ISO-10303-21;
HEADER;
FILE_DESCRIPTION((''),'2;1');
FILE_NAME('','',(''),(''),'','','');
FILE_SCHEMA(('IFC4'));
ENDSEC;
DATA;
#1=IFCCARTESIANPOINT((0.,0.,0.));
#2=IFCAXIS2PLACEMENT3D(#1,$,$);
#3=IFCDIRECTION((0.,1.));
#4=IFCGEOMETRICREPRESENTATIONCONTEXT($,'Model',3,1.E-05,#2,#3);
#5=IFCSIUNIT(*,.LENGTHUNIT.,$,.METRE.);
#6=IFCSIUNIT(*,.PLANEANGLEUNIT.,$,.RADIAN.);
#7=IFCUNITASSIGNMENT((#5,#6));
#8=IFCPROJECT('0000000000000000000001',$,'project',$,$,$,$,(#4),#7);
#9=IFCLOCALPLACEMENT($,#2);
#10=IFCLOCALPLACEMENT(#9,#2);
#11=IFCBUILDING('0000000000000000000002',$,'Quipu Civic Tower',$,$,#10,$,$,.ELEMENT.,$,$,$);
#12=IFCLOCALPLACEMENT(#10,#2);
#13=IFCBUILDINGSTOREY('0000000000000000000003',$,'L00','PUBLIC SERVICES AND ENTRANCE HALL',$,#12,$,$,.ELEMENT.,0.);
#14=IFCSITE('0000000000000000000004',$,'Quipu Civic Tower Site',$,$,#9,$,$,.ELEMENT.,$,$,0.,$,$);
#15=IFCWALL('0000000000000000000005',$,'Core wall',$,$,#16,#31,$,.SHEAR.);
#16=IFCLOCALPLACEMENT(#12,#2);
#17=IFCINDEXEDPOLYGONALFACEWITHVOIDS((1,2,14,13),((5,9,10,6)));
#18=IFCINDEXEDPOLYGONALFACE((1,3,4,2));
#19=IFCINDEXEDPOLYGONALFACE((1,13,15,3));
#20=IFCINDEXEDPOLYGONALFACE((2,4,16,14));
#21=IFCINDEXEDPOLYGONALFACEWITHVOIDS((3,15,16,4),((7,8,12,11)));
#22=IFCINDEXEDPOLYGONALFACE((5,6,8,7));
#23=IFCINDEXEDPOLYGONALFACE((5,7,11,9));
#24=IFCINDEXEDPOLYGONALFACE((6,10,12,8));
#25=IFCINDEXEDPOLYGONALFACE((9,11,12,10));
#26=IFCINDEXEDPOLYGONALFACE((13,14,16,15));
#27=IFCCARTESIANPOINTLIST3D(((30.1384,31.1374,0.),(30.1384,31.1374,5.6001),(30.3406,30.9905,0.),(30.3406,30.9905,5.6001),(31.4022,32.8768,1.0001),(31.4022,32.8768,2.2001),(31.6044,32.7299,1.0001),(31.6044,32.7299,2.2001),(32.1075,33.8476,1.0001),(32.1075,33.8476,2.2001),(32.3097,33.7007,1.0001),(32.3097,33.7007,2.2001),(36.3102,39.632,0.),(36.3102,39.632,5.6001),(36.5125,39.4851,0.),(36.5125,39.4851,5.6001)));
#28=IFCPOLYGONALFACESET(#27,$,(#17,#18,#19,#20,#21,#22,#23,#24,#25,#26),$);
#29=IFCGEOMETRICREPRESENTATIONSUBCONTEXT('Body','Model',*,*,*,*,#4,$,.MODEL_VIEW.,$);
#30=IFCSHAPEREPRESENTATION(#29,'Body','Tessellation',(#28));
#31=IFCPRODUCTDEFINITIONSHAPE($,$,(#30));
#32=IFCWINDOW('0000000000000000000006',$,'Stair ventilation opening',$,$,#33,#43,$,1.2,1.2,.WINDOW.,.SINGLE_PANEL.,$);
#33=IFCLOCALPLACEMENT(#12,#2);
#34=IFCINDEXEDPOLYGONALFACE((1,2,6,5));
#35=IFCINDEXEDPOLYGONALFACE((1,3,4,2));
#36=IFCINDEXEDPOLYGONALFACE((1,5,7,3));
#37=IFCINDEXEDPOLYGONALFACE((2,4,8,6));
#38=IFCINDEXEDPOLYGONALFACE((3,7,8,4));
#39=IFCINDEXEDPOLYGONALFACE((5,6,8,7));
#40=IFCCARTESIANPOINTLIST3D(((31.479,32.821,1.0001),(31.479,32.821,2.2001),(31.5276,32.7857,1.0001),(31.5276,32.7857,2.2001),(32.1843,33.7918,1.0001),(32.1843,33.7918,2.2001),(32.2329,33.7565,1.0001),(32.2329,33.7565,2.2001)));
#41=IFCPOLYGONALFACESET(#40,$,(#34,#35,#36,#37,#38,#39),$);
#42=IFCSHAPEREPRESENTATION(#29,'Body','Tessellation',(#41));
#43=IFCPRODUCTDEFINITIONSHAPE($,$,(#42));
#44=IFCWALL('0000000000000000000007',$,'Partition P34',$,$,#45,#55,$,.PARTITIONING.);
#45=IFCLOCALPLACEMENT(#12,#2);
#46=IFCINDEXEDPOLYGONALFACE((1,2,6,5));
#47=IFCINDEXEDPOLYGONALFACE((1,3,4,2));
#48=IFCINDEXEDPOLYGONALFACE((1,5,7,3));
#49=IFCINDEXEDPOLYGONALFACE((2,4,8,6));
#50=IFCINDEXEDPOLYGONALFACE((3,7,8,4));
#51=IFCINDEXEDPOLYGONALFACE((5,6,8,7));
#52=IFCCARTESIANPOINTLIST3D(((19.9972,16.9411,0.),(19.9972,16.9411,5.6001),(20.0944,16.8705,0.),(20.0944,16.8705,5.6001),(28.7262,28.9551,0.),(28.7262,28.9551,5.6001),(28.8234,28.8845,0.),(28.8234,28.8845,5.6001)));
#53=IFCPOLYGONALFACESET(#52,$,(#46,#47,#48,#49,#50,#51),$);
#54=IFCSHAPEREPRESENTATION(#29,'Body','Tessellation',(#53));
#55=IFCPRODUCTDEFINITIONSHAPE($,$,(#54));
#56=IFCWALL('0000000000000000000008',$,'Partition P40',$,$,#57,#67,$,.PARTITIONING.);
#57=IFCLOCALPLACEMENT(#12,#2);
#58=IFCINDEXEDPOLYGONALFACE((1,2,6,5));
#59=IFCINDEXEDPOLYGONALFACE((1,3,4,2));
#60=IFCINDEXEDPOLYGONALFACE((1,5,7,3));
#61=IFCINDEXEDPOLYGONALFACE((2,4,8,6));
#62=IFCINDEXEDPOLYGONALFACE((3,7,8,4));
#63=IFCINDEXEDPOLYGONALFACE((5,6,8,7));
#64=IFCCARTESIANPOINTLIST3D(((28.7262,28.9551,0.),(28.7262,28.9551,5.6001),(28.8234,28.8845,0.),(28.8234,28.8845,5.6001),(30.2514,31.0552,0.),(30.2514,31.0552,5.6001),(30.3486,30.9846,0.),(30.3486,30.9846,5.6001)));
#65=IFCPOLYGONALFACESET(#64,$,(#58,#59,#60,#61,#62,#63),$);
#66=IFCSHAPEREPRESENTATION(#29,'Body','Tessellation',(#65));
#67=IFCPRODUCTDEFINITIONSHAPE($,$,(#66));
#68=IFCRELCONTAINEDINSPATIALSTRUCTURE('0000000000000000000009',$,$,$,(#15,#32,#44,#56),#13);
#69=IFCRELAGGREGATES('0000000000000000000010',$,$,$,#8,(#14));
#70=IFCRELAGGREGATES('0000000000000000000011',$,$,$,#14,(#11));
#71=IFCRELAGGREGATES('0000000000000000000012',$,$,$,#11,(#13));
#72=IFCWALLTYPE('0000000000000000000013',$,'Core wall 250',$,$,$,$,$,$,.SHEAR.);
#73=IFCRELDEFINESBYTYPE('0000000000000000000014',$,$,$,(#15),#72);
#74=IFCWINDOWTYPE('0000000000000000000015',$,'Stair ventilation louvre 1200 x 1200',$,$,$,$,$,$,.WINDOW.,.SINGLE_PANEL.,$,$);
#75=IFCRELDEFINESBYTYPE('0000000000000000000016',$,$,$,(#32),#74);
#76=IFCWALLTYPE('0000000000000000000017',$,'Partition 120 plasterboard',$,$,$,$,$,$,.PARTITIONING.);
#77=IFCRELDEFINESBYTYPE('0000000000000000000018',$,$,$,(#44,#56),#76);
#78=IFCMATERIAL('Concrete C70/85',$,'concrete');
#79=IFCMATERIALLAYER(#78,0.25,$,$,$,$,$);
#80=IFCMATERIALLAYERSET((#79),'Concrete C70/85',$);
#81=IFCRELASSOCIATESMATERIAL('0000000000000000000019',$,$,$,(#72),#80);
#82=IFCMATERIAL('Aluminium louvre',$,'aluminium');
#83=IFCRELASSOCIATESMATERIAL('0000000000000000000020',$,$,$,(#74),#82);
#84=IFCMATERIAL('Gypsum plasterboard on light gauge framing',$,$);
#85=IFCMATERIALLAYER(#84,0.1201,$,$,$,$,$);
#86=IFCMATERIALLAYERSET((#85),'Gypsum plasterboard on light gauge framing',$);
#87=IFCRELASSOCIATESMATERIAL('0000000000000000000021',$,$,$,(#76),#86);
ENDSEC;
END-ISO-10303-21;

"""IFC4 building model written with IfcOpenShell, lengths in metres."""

from ifc_helpers import new_model, si_unit, direction, frame, frame_2d, origin, place, context, subcontext, project, spatial, rectangle, extrude, material, layer, layer_set, type_object, element, fill, save


model = new_model("IFC4")

# Units and contexts
model_context = context("Model", 3, precision=1e-05, world=origin(), true_north=direction((0.0, 1.0)))
body_context = subcontext(model_context, "Body", "Model", "MODEL_VIEW")
ifc_project = project(units=[si_unit("LENGTHUNIT", "METRE"), si_unit("PLANEANGLEUNIT", "RADIAN")], contexts=[model_context])

# Site, building, storey
site_placement = place(None, origin())
site = spatial("IfcSite", under=ifc_project, at=site_placement, Name="Quipu Civic Tower Site", CompositionType="ELEMENT", RefElevation=0.0)
building_placement = place(site_placement, origin())
building = spatial("IfcBuilding", under=site, at=building_placement, Name="Quipu Civic Tower", CompositionType="ELEMENT")
storey_placement = place(building_placement, origin())
storey = spatial("IfcBuildingStorey", under=building, at=storey_placement, Name="L00", Description="PUBLIC SERVICES AND ENTRANCE HALL", CompositionType="ELEMENT", Elevation=0.0)

# Shared definitions
ifc_material_1 = material(Name="Concrete C70/85", Category="concrete")
ifc_layer_1 = layer(ifc_material_1, 0.25)
ifc_layer_set_1 = layer_set([ifc_layer_1], Name="Concrete C70/85")
wall_type_1 = type_object("IfcWallType", Name="Core wall 250", PredefinedType="SHEAR", material=ifc_layer_set_1)

# Wall, opening, window
wall_1_placement = place(storey_placement, frame((30.2395, 31.064, 0.0), z_axis=(0.0, 0.0, 1.0), x_axis=(0.587796, 0.809009, 0.0)))
wall_1 = element("IfcWall", 1, at=wall_1_placement, inside=storey, type_object=wall_type_1, Name="Core wall", PredefinedType="SHEAR", context=body_context, shape_type="SweptSolid", body=[
    extrude(rectangle(XDim=10.5, YDim=0.25, at=frame_2d((5.25, 0.0))), origin(), (0.0, 0.0, 1.0), 5.6001),
])
opening_placement = place(wall_1_placement, frame((2.1499, 0.0, 1.0)))
opening = element("IfcOpeningElement", 2, at=opening_placement, cuts=wall_1, PredefinedType="OPENING", context=body_context, shape_type="SweptSolid", body=[
    extrude(rectangle(XDim=1.2, YDim=1.2, at=frame_2d((0.6001, 0.6001))), frame((0.0, 0.135, 0.0), z_axis=(0.0, -1.0, 0.0), x_axis=(1.0, 0.0, 0.0)), (0.0, 0.0, 1.0), 0.27),
])
ifc_material_2 = material(Name="Aluminium louvre", Category="aluminium")
window_type = type_object("IfcWindowType", Name="Stair ventilation louvre 1200 x 1200", PartitioningType="SINGLE_PANEL", PredefinedType="WINDOW", material=ifc_material_2)
window_placement = place(opening_placement, origin())
window = element("IfcWindow", 3, at=window_placement, inside=storey, type_object=window_type, Name="Stair ventilation opening", OverallHeight=1.2, OverallWidth=1.2, PartitioningType="SINGLE_PANEL", PredefinedType="WINDOW", context=body_context, shape_type="SweptSolid", body=[
    extrude(rectangle(XDim=1.2, YDim=1.2, at=frame_2d((0.6001, 0.6001))), frame((0.0, 0.03, 0.0), z_axis=(0.0, -1.0, 0.0), x_axis=(1.0, 0.0, 0.0)), (0.0, 0.0, 1.0), 0.0601),
])
fill(opening, window)

# Walls
ifc_material_3 = material(Name="Gypsum plasterboard on light gauge framing")
ifc_layer_2 = layer(ifc_material_3, 0.1201)
ifc_layer_set_2 = layer_set([ifc_layer_2], Name="Gypsum plasterboard on light gauge framing")
wall_type_2 = type_object("IfcWallType", Name="Partition 120 plasterboard", PredefinedType="PARTITIONING", material=ifc_layer_set_2)
wall_2_placement = place(storey_placement, frame((28.7749, 28.9199, 0.0), z_axis=(0.0, 0.0, 1.0), x_axis=(-0.587802, -0.809005, 0.0)))
element("IfcWall", 4, at=wall_2_placement, inside=storey, type_object=wall_type_2, Name="Partition P34", PredefinedType="PARTITIONING", context=body_context, shape_type="SweptSolid", body=[
    extrude(rectangle(XDim=14.8503, YDim=0.1201, at=frame_2d((7.4253, 0.0))), origin(), (0.0, 0.0, 1.0), 5.6001),
])
wall_3_placement = place(storey_placement, frame((30.3, 31.02, 0.0), z_axis=(0.0, 0.0, 1.0), x_axis=(-0.587618, -0.809139, 0.0)))
element("IfcWall", 5, at=wall_3_placement, inside=storey, type_object=wall_type_2, Name="Partition P40", PredefinedType="PARTITIONING", context=body_context, shape_type="SweptSolid", body=[
    extrude(rectangle(XDim=2.5955, YDim=0.1201, at=frame_2d((1.2979, 0.0))), origin(), (0.0, 0.0, 1.0), 5.6001),
])

save(model, "model.ifc")
